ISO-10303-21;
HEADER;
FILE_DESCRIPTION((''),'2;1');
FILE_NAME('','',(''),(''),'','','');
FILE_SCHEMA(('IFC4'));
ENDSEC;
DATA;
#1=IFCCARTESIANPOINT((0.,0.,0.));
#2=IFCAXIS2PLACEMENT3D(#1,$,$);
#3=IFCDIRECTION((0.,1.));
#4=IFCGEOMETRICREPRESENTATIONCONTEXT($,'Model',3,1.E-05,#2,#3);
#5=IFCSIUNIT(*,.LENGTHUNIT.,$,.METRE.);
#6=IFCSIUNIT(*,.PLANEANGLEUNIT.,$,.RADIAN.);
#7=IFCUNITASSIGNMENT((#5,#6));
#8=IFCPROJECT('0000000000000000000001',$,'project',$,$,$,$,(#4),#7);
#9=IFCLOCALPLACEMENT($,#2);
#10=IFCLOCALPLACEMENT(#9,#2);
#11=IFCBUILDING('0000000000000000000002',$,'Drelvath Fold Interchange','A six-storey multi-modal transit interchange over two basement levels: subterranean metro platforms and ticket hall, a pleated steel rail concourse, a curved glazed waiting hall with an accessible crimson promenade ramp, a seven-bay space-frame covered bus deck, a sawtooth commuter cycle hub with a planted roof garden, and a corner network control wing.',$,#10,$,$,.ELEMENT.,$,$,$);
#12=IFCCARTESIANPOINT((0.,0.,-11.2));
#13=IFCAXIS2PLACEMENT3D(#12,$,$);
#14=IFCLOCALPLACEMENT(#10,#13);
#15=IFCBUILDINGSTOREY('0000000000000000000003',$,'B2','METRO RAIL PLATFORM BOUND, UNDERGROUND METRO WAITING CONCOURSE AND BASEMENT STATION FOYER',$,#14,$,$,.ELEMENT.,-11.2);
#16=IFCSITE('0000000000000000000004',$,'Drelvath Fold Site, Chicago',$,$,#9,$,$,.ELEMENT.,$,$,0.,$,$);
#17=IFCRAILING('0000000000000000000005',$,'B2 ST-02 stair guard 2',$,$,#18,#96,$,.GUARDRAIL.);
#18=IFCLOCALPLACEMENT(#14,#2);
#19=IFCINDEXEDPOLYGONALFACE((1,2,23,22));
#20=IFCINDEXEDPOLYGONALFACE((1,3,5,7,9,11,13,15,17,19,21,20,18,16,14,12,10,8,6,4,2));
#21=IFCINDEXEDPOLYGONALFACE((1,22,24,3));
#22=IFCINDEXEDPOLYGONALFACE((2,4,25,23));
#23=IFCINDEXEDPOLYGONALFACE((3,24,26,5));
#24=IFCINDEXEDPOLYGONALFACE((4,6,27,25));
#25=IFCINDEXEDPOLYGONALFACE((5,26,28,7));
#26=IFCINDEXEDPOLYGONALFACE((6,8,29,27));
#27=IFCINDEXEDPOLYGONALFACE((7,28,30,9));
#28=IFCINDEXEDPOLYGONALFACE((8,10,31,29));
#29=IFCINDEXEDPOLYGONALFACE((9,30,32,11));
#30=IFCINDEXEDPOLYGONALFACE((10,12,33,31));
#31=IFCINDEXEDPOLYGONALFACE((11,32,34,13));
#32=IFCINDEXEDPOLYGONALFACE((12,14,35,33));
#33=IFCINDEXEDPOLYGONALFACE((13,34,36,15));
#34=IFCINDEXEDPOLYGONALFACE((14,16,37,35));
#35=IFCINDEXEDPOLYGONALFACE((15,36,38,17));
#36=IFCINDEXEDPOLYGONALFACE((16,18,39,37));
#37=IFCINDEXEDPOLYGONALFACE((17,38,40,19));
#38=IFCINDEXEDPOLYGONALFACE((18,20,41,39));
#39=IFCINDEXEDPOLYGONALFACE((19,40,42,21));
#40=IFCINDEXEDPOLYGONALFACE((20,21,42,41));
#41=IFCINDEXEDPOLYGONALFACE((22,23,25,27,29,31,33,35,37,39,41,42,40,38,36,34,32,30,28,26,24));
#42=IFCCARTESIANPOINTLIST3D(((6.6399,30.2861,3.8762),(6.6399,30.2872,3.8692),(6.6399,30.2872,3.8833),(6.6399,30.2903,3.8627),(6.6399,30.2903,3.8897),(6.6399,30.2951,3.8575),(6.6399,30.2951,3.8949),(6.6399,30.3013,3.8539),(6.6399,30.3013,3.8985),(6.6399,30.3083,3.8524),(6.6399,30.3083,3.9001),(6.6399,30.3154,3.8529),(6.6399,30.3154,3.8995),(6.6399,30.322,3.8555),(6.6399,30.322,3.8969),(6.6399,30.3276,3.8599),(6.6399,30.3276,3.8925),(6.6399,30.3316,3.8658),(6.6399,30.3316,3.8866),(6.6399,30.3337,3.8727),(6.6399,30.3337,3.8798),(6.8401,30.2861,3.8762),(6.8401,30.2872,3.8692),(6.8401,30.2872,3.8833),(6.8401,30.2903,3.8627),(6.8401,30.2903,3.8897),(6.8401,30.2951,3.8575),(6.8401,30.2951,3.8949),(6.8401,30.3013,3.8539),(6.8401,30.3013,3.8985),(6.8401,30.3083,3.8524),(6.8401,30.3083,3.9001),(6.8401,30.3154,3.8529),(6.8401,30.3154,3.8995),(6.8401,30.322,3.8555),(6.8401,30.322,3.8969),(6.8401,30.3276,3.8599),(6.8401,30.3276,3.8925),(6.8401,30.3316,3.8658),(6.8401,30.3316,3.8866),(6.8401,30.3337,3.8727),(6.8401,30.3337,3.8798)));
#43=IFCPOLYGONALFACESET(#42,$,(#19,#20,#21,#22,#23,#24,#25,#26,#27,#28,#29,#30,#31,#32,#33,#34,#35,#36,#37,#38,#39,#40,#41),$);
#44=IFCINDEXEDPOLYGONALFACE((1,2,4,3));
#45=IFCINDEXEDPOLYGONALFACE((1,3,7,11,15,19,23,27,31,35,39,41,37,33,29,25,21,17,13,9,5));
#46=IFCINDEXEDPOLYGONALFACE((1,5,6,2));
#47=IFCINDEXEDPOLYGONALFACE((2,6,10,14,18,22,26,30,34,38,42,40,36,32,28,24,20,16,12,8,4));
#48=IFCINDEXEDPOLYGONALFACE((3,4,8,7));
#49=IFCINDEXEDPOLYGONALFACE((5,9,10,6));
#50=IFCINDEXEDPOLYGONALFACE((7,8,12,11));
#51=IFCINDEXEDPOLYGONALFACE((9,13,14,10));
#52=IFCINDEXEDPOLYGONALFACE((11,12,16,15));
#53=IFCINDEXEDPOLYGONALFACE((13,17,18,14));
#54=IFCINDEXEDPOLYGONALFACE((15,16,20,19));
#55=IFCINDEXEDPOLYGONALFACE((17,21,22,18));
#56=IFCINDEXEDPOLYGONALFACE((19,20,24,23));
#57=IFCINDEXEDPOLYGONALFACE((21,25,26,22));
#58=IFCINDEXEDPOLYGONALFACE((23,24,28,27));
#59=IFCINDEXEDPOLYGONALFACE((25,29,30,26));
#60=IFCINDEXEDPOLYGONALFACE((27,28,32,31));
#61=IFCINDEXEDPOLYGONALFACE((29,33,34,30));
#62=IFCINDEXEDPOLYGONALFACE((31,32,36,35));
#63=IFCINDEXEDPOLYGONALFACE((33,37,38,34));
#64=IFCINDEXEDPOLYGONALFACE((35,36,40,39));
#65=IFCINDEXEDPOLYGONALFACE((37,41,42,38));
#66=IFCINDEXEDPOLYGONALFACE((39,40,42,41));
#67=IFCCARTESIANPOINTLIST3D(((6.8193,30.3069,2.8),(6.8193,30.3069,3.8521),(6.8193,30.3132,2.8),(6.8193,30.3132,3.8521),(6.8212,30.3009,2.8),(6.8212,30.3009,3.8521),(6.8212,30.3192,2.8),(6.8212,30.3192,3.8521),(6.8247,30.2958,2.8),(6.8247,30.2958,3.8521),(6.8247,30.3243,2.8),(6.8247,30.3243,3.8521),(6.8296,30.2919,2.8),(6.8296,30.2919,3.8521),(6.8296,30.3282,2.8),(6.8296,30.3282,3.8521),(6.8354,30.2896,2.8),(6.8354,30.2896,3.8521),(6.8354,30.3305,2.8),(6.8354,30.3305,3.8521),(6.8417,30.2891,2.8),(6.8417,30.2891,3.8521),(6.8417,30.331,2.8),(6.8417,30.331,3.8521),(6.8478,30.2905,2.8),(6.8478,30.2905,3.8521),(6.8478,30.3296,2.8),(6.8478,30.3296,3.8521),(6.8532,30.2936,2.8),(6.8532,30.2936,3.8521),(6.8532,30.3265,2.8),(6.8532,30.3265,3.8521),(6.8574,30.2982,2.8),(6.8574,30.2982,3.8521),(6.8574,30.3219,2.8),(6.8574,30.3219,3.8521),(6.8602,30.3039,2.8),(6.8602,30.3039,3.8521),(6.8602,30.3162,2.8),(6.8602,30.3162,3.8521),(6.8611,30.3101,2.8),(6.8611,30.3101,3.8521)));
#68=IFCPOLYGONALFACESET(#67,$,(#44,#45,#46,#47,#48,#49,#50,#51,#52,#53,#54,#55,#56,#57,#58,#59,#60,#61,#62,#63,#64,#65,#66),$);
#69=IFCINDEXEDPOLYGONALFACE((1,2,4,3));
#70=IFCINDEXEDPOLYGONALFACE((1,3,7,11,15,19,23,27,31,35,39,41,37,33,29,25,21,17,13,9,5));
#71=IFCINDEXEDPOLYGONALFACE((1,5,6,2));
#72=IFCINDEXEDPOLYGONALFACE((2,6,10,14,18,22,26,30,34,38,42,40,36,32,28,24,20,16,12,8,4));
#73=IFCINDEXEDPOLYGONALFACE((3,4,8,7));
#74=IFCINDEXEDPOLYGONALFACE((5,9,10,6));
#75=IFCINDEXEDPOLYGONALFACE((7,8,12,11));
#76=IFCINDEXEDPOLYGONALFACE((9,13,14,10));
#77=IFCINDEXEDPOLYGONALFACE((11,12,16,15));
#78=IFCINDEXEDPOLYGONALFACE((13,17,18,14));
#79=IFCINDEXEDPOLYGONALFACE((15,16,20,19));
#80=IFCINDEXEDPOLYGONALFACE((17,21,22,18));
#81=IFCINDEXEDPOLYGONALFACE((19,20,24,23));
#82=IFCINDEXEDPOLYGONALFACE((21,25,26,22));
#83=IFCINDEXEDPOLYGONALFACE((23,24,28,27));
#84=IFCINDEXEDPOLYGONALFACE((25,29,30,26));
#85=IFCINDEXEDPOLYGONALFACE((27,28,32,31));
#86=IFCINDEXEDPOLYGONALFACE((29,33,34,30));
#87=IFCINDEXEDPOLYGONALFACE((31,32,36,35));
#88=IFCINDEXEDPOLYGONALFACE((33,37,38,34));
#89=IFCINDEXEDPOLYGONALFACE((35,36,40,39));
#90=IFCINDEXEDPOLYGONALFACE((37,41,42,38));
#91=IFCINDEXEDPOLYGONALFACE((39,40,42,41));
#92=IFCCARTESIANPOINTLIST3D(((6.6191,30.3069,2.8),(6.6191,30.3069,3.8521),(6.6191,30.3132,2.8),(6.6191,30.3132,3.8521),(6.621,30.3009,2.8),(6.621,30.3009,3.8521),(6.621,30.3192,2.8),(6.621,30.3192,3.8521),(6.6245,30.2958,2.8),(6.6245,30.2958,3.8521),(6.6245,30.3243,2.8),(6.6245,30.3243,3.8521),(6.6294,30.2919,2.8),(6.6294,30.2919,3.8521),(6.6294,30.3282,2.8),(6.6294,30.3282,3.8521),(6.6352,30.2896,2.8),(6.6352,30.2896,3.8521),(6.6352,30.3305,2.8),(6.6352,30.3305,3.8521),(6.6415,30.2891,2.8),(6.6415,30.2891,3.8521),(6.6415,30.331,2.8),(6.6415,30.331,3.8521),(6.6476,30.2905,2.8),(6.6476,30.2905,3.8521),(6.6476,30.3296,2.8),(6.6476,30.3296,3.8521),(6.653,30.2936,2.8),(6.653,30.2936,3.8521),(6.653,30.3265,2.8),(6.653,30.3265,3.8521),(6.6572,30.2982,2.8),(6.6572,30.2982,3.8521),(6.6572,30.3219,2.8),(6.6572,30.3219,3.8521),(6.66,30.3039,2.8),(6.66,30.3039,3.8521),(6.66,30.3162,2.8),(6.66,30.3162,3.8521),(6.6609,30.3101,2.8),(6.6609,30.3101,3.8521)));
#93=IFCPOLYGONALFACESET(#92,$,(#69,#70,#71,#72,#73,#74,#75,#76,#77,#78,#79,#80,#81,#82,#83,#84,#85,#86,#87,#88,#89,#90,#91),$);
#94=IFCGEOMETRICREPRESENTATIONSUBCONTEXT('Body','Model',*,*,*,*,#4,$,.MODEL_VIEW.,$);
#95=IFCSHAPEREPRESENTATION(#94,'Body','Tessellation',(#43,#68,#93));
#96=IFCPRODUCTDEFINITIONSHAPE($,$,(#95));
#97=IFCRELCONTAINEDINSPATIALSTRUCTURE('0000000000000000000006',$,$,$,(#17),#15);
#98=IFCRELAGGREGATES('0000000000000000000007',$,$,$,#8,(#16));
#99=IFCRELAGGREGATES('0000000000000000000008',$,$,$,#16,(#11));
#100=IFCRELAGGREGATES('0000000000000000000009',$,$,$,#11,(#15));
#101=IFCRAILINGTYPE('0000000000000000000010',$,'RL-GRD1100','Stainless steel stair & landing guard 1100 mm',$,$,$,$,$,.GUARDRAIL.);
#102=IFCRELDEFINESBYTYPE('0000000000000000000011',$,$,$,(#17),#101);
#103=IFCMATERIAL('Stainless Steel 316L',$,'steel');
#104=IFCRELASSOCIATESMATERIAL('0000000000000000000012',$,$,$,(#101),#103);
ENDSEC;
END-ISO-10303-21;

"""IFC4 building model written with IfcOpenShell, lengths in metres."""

from ifc_helpers import new_model, si_unit, direction, frame, origin, origin_2d, place, context, subcontext, project, spatial, circle, extrude, material, type_object, element, save


model = new_model("IFC4")

# Units and contexts
model_context = context("Model", 3, precision=1e-05, world=origin(), true_north=direction((0.0, 1.0)))
body_context = subcontext(model_context, "Body", "Model", "MODEL_VIEW")
ifc_project = project(units=[si_unit("LENGTHUNIT", "METRE"), si_unit("PLANEANGLEUNIT", "RADIAN")], contexts=[model_context])

# Site, building, storey
site_placement = place(None, origin())
site = spatial("IfcSite", under=ifc_project, at=site_placement, Name="Drelvath Fold Site, Chicago", CompositionType="ELEMENT", RefElevation=0.0)
building_placement = place(site_placement, origin())
building = spatial("IfcBuilding", under=site, at=building_placement, Name="Drelvath Fold Interchange", Description="A six-storey multi-modal transit interchange over two basement levels: subterranean metro platforms and ticket hall, a pleated steel rail concourse, a curved glazed waiting hall with an accessible crimson promenade ramp, a seven-bay space-frame covered bus deck, a sawtooth commuter cycle hub with a planted roof garden, and a corner network control wing.", CompositionType="ELEMENT")
storey_placement = place(building_placement, frame((0.0, 0.0, -11.2)))
storey = spatial("IfcBuildingStorey", under=building, at=storey_placement, Name="B2", Description="METRO RAIL PLATFORM BOUND, UNDERGROUND METRO WAITING CONCOURSE AND BASEMENT STATION FOYER", CompositionType="ELEMENT", Elevation=-11.2)

# Railing
ifc_material_1 = material(Name="Stainless Steel 316L", Category="steel")
railing_type_1 = type_object("IfcRailingType", Name="RL-GRD1100", Description="Stainless steel stair & landing guard 1100 mm", PredefinedType="GUARDRAIL", material=ifc_material_1)
railing_1_placement = place(storey_placement, frame((6.8401, 30.3101, 2.8)))
element("IfcRailing", 1, at=railing_1_placement, inside=storey, type_object=railing_type_1, Name="B2 ST-02 stair guard 2", PredefinedType="GUARDRAIL", context=body_context, shape_type="SweptSolid", body=[
    extrude(circle(Radius=0.0239, at=origin_2d()), frame((0.0, 0.0, 1.0762), z_axis=(-1.0, 0.0, 0.0), x_axis=(0.0, -1.0, 0.0)), (0.0, 0.0, 1.0), 0.2002),
    extrude(circle(Radius=0.021, at=origin_2d()), origin(), (0.0, 0.0, 1.0), 1.052),
    extrude(circle(Radius=0.021, at=origin_2d()), frame((-0.2002, 0.0, 0.0)), (0.0, 0.0, 1.0), 1.052),
])

save(model, "model.ifc")
